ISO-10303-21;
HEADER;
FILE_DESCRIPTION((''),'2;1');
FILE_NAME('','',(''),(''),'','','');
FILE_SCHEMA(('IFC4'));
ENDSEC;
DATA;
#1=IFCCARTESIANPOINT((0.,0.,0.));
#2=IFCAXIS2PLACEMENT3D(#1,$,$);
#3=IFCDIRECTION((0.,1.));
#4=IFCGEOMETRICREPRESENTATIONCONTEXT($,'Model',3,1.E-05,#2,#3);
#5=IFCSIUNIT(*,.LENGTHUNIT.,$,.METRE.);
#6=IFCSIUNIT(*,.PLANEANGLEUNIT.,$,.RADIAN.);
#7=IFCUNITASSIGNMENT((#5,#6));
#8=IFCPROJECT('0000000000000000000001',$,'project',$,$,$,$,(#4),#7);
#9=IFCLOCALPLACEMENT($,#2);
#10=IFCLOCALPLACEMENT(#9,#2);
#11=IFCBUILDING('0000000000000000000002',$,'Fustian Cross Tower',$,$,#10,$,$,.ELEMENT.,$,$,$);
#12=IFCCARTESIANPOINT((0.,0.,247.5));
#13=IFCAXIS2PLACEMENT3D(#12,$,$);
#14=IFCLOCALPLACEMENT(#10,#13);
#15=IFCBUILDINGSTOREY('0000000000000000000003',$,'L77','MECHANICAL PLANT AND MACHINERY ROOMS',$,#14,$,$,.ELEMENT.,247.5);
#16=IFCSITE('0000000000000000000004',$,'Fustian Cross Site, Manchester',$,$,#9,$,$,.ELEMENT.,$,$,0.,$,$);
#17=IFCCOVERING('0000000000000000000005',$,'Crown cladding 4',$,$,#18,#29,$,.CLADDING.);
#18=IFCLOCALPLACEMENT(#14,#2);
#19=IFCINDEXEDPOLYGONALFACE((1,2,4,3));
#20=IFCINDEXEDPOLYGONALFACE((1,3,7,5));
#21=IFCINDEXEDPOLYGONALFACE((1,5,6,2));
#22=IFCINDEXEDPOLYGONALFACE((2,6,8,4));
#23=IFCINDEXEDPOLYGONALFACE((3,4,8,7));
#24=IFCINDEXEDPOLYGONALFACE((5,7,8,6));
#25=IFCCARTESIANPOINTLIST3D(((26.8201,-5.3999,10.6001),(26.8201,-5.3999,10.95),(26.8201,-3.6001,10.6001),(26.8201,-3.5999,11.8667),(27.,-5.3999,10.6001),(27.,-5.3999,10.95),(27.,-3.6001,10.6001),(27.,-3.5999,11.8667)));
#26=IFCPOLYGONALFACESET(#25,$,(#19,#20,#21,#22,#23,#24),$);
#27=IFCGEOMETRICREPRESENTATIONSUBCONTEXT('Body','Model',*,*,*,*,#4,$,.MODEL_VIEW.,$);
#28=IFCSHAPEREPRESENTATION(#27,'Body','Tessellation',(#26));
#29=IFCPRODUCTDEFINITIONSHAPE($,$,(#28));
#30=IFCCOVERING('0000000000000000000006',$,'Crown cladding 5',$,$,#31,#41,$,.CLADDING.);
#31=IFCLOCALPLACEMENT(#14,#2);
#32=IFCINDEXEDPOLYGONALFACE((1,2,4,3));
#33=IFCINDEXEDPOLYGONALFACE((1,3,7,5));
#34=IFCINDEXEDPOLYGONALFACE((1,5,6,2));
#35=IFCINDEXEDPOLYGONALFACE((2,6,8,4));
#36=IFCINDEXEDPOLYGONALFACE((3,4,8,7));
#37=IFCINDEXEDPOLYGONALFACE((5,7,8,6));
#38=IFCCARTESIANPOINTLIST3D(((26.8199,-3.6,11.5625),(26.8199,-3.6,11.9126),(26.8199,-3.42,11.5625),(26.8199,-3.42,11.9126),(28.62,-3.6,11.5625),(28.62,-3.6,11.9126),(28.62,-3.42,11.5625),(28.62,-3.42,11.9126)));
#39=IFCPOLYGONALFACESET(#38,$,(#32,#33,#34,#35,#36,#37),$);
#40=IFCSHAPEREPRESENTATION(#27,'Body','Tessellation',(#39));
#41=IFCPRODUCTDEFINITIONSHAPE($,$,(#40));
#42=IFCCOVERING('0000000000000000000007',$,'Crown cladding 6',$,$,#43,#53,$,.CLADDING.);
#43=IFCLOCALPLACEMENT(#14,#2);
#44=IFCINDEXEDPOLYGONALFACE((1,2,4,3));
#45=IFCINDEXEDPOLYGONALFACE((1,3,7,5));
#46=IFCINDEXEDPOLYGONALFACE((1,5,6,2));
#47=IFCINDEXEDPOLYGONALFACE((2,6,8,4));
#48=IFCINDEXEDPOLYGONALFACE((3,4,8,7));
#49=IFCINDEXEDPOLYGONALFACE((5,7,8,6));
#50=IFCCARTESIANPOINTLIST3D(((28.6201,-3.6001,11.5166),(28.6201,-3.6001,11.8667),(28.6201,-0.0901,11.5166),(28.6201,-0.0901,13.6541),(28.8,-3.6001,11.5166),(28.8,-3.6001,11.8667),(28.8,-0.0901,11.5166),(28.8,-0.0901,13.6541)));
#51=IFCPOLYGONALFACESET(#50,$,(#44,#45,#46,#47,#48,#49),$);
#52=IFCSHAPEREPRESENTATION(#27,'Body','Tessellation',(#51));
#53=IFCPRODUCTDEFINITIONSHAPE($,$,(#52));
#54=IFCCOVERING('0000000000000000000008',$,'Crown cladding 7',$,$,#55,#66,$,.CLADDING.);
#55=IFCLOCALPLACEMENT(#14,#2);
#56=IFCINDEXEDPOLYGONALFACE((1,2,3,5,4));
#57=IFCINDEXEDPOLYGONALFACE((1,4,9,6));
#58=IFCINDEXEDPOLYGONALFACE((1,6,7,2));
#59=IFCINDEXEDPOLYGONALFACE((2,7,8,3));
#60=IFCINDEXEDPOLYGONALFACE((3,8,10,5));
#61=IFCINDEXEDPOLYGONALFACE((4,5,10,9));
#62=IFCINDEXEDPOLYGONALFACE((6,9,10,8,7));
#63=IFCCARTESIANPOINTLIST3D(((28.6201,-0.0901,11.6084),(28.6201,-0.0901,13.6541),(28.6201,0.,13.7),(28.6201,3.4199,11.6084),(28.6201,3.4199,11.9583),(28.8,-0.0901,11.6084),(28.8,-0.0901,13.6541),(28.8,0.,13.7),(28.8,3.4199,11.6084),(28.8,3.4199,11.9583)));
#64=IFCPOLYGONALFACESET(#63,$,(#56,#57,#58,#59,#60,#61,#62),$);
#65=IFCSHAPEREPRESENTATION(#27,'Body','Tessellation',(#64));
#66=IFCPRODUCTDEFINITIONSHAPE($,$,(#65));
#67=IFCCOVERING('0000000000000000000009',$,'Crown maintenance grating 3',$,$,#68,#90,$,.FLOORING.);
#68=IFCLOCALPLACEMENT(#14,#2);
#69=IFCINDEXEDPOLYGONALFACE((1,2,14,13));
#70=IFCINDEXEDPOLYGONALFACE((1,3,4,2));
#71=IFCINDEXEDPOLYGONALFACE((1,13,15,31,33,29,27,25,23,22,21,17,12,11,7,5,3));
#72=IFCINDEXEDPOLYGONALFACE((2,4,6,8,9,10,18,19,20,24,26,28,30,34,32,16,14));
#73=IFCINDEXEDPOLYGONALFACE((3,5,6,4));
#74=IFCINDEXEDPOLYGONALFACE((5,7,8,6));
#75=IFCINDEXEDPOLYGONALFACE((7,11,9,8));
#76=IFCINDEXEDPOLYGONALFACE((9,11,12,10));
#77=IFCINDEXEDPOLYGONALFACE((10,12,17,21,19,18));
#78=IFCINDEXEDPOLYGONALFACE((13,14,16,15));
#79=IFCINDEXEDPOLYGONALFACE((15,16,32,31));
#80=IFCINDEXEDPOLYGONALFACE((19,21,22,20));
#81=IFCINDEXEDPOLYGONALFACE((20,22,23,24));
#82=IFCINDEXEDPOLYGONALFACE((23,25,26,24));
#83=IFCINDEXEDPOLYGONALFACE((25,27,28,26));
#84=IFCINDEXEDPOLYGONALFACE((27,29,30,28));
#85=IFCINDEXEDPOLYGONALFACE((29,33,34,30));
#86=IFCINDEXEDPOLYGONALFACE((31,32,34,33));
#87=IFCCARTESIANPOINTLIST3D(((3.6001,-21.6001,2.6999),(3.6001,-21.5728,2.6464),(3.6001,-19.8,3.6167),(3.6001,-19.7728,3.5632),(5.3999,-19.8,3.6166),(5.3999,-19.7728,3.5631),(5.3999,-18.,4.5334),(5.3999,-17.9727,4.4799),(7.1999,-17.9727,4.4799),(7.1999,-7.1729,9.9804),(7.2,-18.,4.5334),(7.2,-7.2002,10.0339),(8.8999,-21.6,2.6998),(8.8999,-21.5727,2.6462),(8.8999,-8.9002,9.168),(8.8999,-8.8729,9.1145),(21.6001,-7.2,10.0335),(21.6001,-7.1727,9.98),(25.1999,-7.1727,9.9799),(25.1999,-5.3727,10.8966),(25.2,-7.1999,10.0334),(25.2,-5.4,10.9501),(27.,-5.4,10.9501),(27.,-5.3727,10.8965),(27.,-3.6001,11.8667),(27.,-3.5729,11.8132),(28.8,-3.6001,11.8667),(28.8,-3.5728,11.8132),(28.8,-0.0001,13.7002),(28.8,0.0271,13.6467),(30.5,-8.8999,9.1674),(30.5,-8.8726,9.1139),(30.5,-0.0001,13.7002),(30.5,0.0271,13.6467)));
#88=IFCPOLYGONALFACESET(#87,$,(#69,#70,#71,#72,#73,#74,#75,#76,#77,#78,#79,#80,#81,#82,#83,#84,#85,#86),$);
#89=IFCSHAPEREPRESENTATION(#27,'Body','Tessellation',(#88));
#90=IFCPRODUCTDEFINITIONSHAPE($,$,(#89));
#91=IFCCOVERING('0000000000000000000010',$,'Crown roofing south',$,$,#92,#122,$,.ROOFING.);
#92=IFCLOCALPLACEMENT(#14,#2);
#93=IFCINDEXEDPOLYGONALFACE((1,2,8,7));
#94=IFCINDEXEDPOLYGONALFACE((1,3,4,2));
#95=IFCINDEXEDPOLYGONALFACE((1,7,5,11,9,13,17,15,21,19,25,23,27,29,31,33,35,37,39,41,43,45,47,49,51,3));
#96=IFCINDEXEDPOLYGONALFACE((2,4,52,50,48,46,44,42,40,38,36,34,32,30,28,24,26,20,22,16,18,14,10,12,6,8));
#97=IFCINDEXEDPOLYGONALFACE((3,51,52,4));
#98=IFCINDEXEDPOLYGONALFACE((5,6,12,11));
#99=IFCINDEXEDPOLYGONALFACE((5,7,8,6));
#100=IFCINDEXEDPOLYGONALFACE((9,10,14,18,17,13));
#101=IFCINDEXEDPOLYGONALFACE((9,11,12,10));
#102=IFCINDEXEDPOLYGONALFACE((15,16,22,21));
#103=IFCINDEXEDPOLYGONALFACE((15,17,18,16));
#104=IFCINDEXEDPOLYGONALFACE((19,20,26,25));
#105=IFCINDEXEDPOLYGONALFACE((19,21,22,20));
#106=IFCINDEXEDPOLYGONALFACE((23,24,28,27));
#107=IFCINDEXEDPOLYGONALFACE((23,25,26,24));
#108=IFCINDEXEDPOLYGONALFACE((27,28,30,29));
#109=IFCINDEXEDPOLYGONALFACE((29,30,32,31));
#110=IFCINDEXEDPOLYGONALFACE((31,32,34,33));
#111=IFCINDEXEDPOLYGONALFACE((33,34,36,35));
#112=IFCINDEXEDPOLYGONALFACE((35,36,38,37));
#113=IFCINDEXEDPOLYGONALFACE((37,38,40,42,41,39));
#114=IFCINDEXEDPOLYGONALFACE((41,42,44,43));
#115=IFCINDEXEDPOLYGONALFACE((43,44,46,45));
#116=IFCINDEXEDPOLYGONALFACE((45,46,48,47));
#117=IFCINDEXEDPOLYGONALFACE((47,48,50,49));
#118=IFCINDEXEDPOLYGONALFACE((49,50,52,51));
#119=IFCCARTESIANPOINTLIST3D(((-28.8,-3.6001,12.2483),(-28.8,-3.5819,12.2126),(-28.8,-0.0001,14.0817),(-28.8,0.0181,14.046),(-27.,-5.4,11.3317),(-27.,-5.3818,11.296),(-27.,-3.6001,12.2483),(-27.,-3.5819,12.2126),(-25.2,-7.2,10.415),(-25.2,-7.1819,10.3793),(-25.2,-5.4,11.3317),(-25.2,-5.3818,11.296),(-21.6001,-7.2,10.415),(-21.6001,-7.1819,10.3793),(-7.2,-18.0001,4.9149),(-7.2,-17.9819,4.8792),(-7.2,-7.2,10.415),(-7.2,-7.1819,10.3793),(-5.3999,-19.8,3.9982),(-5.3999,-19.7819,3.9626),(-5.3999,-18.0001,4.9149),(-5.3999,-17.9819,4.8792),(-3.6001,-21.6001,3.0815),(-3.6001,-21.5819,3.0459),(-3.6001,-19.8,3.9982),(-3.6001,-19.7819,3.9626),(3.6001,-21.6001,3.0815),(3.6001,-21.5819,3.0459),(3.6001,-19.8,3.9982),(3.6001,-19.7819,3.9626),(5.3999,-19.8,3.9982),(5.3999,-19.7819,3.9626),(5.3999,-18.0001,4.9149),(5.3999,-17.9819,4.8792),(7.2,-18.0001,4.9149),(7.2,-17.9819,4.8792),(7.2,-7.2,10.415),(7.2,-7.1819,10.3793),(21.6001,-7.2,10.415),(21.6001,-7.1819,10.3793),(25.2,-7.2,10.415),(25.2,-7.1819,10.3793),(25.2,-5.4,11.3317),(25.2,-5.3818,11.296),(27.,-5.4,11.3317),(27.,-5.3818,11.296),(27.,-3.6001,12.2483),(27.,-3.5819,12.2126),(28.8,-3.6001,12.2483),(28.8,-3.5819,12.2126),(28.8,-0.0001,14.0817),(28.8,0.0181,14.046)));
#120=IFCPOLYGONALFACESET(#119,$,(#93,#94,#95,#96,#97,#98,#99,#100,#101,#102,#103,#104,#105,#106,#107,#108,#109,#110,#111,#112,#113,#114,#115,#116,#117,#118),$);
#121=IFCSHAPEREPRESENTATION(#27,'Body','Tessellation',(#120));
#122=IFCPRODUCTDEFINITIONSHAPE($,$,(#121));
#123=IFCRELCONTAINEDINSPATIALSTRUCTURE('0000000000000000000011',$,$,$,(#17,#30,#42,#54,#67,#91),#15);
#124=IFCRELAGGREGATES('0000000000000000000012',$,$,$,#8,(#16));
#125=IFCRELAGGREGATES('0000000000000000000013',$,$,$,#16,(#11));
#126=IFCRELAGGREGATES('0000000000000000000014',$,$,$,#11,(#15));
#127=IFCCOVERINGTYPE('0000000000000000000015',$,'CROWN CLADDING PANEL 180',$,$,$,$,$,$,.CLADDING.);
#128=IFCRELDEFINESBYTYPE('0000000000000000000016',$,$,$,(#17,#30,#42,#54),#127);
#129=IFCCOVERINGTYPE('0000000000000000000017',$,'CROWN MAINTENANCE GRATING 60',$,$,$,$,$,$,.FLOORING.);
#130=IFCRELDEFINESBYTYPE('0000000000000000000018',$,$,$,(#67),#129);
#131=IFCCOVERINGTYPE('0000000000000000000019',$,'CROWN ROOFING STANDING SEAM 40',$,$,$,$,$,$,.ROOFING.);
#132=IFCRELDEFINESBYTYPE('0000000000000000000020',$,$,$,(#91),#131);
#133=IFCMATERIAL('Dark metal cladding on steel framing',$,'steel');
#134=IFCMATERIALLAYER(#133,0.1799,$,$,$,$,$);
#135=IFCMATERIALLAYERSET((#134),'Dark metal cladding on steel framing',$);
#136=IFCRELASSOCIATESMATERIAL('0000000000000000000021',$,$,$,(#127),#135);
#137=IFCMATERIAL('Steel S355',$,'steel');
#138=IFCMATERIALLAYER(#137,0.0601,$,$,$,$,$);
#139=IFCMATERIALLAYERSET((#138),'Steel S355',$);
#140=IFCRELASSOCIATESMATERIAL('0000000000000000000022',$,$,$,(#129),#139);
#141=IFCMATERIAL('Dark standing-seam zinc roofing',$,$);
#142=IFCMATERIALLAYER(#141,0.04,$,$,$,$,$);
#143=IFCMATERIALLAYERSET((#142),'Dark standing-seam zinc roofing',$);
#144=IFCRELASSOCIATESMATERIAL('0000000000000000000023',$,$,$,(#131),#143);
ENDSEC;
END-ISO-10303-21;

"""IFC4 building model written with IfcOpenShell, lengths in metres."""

from ifc_helpers import new_model, si_unit, direction, frame, frame_2d, origin, place, context, subcontext, project, spatial, polyline, rectangle, outline, extrude, material, layer, layer_set, type_object, element, save


model = new_model("IFC4")

# Units and contexts
model_context = context("Model", 3, precision=1e-05, world=origin(), true_north=direction((0.0, 1.0)))
body_context = subcontext(model_context, "Body", "Model", "MODEL_VIEW")
ifc_project = project(units=[si_unit("LENGTHUNIT", "METRE"), si_unit("PLANEANGLEUNIT", "RADIAN")], contexts=[model_context])

# Site, building, storey
site_placement = place(None, origin())
site = spatial("IfcSite", under=ifc_project, at=site_placement, Name="Fustian Cross Site, Manchester", CompositionType="ELEMENT", RefElevation=0.0)
building_placement = place(site_placement, origin())
building = spatial("IfcBuilding", under=site, at=building_placement, Name="Fustian Cross Tower", CompositionType="ELEMENT")
storey_placement = place(building_placement, frame((0.0, 0.0, 247.5)))
storey = spatial("IfcBuildingStorey", under=building, at=storey_placement, Name="L77", Description="MECHANICAL PLANT AND MACHINERY ROOMS", CompositionType="ELEMENT", Elevation=247.5)

# Coverings
ifc_material_1 = material(Name="Dark metal cladding on steel framing", Category="steel")
ifc_layer_1 = layer(ifc_material_1, 0.1799)
ifc_layer_set_1 = layer_set([ifc_layer_1], Name="Dark metal cladding on steel framing")
covering_type_1 = type_object("IfcCoveringType", Name="CROWN CLADDING PANEL 180", PredefinedType="CLADDING", material=ifc_layer_set_1)
covering_1_placement = place(storey_placement, frame((26.9099, -5.3999, 10.6001), z_axis=(0.0, 0.0, 1.0), x_axis=(0.0, 1.0, 0.0)))
element("IfcCovering", 1, at=covering_1_placement, inside=storey, type_object=covering_type_1, Name="Crown cladding 4", PredefinedType="CLADDING", context=body_context, shape_type="SweptSolid", body=[
    extrude(outline(polyline([(0.0, 0.0), (1.7998, 0.0), (1.8, 1.2666), (0.0, 0.3499), (0.0, 0.0)])), frame((0.0, 0.0898, 0.0), z_axis=(0.0, -1.0, 0.0), x_axis=(1.0, 0.0, 0.0)), (0.0, 0.0, 1.0), 0.1799),
])
covering_2_placement = place(storey_placement, frame((26.8201, -3.51, 11.5625), z_axis=(0.0, 0.0, 1.0), x_axis=(1.0, 0.0, 0.0)))
element("IfcCovering", 2, at=covering_2_placement, inside=storey, type_object=covering_type_1, Name="Crown cladding 5", PredefinedType="CLADDING", context=body_context, shape_type="SweptSolid", body=[
    extrude(rectangle(XDim=1.8, YDim=0.1799, at=frame_2d((0.8999, 0.0))), origin(), (0.0, 0.0, 1.0), 0.3501),
])
covering_3_placement = place(storey_placement, frame((28.71, -3.6001, 11.5166), z_axis=(0.0, 0.0, 1.0), x_axis=(0.0, 1.0, 0.0)))
element("IfcCovering", 3, at=covering_3_placement, inside=storey, type_object=covering_type_1, Name="Crown cladding 6", PredefinedType="CLADDING", context=body_context, shape_type="SweptSolid", body=[
    extrude(outline(polyline([(0.0, 0.0), (3.51, 0.0), (3.51, 2.1375), (0.0, 0.3501), (0.0, 0.0)])), frame((0.0, 0.0898, 0.0), z_axis=(0.0, -1.0, 0.0), x_axis=(1.0, 0.0, 0.0)), (0.0, 0.0, 1.0), 0.1799),
])
covering_4_placement = place(storey_placement, frame((28.71, -0.0901, 11.6084), z_axis=(0.0, 0.0, 1.0), x_axis=(0.0, 1.0, 0.0)))
element("IfcCovering", 4, at=covering_4_placement, inside=storey, type_object=covering_type_1, Name="Crown cladding 7", PredefinedType="CLADDING", context=body_context, shape_type="SweptSolid", body=[
    extrude(outline(polyline([(0.0, 0.0), (3.51, 0.0), (3.51, 0.3499), (0.0901, 2.0916), (0.0, 2.0457), (0.0, 0.0)])), frame((0.0, 0.0898, 0.0), z_axis=(0.0, -1.0, 0.0), x_axis=(1.0, 0.0, 0.0)), (0.0, 0.0, 1.0), 0.1799),
])
ifc_material_2 = material(Name="Steel S355", Category="steel")
ifc_layer_2 = layer(ifc_material_2, 0.0601)
ifc_layer_set_2 = layer_set([ifc_layer_2], Name="Steel S355")
covering_type_2 = type_object("IfcCoveringType", Name="CROWN MAINTENANCE GRATING 60", PredefinedType="FLOORING", material=ifc_layer_set_2)
covering_5_placement = place(storey_placement, frame((28.8, -3.6001, 11.8667), z_axis=(0.000032, -0.453842, 0.891082), x_axis=(-1.0, -0.000014, 0.000028)))
element("IfcCovering", 5, at=covering_5_placement, inside=storey, type_object=covering_type_2, Name="Crown maintenance grating 3", PredefinedType="FLOORING", context=body_context, shape_type="SweptSolid", body=[
    extrude(outline(polyline([(0.0, 0.0), (1.8, 0.0), (1.8, 2.0198), (3.6001, 2.0198), (3.6001, 4.0398), (7.2, 4.0398), (21.6001, 4.0398), (21.6001, 16.1596), (23.4001, 16.1596), (23.4001, 18.1797), (25.2, 18.1797), (25.2, 20.1997), (19.9001, 20.1997), (19.9001, 5.9476), (-1.7, 5.9476), (-1.7, -4.04), (0.0, -4.04), (0.0, 0.0)])), origin(), (0.0, 0.0, -1.0), 0.0601),
])
ifc_material_3 = material(Name="Dark standing-seam zinc roofing")
ifc_layer_3 = layer(ifc_material_3, 0.04)
ifc_layer_set_3 = layer_set([ifc_layer_3], Name="Dark standing-seam zinc roofing")
covering_type_3 = type_object("IfcCoveringType", Name="CROWN ROOFING STANDING SEAM 40", PredefinedType="ROOFING", material=ifc_layer_set_3)
covering_6_placement = place(storey_placement, frame((28.8, -3.6001, 12.2483), z_axis=(0.0, -0.453806, 0.891101), x_axis=(0.0, 0.891101, 0.453806)))
element("IfcCovering", 6, at=covering_6_placement, inside=storey, type_object=covering_type_3, Name="Crown roofing south", PredefinedType="ROOFING", context=body_context, shape_type="SweptSolid", body=[
    extrude(outline(polyline([(0.0, 0.0), (4.04, 0.0), (4.04, 57.6001), (0.0, 57.6001), (0.0, 55.8), (-2.0198, 55.8), (-2.0198, 54.0), (-4.0399, 54.0), (-4.0399, 50.4001), (-4.0399, 36.0), (-16.1597, 36.0), (-16.1597, 34.2), (-18.1797, 34.2), (-18.1797, 32.4001), (-20.1997, 32.4001), (-20.1997, 25.2), (-18.1797, 25.2), (-18.1797, 23.4001), (-16.1597, 23.4001), (-16.1597, 21.6001), (-4.0399, 21.6001), (-4.0399, 7.2), (-4.0399, 3.6001), (-2.0198, 3.6001), (-2.0198, 1.8), (0.0, 1.8), (0.0, 0.0)])), origin(), (0.0, 0.0, -1.0), 0.04),
])

save(model, "model.ifc")
